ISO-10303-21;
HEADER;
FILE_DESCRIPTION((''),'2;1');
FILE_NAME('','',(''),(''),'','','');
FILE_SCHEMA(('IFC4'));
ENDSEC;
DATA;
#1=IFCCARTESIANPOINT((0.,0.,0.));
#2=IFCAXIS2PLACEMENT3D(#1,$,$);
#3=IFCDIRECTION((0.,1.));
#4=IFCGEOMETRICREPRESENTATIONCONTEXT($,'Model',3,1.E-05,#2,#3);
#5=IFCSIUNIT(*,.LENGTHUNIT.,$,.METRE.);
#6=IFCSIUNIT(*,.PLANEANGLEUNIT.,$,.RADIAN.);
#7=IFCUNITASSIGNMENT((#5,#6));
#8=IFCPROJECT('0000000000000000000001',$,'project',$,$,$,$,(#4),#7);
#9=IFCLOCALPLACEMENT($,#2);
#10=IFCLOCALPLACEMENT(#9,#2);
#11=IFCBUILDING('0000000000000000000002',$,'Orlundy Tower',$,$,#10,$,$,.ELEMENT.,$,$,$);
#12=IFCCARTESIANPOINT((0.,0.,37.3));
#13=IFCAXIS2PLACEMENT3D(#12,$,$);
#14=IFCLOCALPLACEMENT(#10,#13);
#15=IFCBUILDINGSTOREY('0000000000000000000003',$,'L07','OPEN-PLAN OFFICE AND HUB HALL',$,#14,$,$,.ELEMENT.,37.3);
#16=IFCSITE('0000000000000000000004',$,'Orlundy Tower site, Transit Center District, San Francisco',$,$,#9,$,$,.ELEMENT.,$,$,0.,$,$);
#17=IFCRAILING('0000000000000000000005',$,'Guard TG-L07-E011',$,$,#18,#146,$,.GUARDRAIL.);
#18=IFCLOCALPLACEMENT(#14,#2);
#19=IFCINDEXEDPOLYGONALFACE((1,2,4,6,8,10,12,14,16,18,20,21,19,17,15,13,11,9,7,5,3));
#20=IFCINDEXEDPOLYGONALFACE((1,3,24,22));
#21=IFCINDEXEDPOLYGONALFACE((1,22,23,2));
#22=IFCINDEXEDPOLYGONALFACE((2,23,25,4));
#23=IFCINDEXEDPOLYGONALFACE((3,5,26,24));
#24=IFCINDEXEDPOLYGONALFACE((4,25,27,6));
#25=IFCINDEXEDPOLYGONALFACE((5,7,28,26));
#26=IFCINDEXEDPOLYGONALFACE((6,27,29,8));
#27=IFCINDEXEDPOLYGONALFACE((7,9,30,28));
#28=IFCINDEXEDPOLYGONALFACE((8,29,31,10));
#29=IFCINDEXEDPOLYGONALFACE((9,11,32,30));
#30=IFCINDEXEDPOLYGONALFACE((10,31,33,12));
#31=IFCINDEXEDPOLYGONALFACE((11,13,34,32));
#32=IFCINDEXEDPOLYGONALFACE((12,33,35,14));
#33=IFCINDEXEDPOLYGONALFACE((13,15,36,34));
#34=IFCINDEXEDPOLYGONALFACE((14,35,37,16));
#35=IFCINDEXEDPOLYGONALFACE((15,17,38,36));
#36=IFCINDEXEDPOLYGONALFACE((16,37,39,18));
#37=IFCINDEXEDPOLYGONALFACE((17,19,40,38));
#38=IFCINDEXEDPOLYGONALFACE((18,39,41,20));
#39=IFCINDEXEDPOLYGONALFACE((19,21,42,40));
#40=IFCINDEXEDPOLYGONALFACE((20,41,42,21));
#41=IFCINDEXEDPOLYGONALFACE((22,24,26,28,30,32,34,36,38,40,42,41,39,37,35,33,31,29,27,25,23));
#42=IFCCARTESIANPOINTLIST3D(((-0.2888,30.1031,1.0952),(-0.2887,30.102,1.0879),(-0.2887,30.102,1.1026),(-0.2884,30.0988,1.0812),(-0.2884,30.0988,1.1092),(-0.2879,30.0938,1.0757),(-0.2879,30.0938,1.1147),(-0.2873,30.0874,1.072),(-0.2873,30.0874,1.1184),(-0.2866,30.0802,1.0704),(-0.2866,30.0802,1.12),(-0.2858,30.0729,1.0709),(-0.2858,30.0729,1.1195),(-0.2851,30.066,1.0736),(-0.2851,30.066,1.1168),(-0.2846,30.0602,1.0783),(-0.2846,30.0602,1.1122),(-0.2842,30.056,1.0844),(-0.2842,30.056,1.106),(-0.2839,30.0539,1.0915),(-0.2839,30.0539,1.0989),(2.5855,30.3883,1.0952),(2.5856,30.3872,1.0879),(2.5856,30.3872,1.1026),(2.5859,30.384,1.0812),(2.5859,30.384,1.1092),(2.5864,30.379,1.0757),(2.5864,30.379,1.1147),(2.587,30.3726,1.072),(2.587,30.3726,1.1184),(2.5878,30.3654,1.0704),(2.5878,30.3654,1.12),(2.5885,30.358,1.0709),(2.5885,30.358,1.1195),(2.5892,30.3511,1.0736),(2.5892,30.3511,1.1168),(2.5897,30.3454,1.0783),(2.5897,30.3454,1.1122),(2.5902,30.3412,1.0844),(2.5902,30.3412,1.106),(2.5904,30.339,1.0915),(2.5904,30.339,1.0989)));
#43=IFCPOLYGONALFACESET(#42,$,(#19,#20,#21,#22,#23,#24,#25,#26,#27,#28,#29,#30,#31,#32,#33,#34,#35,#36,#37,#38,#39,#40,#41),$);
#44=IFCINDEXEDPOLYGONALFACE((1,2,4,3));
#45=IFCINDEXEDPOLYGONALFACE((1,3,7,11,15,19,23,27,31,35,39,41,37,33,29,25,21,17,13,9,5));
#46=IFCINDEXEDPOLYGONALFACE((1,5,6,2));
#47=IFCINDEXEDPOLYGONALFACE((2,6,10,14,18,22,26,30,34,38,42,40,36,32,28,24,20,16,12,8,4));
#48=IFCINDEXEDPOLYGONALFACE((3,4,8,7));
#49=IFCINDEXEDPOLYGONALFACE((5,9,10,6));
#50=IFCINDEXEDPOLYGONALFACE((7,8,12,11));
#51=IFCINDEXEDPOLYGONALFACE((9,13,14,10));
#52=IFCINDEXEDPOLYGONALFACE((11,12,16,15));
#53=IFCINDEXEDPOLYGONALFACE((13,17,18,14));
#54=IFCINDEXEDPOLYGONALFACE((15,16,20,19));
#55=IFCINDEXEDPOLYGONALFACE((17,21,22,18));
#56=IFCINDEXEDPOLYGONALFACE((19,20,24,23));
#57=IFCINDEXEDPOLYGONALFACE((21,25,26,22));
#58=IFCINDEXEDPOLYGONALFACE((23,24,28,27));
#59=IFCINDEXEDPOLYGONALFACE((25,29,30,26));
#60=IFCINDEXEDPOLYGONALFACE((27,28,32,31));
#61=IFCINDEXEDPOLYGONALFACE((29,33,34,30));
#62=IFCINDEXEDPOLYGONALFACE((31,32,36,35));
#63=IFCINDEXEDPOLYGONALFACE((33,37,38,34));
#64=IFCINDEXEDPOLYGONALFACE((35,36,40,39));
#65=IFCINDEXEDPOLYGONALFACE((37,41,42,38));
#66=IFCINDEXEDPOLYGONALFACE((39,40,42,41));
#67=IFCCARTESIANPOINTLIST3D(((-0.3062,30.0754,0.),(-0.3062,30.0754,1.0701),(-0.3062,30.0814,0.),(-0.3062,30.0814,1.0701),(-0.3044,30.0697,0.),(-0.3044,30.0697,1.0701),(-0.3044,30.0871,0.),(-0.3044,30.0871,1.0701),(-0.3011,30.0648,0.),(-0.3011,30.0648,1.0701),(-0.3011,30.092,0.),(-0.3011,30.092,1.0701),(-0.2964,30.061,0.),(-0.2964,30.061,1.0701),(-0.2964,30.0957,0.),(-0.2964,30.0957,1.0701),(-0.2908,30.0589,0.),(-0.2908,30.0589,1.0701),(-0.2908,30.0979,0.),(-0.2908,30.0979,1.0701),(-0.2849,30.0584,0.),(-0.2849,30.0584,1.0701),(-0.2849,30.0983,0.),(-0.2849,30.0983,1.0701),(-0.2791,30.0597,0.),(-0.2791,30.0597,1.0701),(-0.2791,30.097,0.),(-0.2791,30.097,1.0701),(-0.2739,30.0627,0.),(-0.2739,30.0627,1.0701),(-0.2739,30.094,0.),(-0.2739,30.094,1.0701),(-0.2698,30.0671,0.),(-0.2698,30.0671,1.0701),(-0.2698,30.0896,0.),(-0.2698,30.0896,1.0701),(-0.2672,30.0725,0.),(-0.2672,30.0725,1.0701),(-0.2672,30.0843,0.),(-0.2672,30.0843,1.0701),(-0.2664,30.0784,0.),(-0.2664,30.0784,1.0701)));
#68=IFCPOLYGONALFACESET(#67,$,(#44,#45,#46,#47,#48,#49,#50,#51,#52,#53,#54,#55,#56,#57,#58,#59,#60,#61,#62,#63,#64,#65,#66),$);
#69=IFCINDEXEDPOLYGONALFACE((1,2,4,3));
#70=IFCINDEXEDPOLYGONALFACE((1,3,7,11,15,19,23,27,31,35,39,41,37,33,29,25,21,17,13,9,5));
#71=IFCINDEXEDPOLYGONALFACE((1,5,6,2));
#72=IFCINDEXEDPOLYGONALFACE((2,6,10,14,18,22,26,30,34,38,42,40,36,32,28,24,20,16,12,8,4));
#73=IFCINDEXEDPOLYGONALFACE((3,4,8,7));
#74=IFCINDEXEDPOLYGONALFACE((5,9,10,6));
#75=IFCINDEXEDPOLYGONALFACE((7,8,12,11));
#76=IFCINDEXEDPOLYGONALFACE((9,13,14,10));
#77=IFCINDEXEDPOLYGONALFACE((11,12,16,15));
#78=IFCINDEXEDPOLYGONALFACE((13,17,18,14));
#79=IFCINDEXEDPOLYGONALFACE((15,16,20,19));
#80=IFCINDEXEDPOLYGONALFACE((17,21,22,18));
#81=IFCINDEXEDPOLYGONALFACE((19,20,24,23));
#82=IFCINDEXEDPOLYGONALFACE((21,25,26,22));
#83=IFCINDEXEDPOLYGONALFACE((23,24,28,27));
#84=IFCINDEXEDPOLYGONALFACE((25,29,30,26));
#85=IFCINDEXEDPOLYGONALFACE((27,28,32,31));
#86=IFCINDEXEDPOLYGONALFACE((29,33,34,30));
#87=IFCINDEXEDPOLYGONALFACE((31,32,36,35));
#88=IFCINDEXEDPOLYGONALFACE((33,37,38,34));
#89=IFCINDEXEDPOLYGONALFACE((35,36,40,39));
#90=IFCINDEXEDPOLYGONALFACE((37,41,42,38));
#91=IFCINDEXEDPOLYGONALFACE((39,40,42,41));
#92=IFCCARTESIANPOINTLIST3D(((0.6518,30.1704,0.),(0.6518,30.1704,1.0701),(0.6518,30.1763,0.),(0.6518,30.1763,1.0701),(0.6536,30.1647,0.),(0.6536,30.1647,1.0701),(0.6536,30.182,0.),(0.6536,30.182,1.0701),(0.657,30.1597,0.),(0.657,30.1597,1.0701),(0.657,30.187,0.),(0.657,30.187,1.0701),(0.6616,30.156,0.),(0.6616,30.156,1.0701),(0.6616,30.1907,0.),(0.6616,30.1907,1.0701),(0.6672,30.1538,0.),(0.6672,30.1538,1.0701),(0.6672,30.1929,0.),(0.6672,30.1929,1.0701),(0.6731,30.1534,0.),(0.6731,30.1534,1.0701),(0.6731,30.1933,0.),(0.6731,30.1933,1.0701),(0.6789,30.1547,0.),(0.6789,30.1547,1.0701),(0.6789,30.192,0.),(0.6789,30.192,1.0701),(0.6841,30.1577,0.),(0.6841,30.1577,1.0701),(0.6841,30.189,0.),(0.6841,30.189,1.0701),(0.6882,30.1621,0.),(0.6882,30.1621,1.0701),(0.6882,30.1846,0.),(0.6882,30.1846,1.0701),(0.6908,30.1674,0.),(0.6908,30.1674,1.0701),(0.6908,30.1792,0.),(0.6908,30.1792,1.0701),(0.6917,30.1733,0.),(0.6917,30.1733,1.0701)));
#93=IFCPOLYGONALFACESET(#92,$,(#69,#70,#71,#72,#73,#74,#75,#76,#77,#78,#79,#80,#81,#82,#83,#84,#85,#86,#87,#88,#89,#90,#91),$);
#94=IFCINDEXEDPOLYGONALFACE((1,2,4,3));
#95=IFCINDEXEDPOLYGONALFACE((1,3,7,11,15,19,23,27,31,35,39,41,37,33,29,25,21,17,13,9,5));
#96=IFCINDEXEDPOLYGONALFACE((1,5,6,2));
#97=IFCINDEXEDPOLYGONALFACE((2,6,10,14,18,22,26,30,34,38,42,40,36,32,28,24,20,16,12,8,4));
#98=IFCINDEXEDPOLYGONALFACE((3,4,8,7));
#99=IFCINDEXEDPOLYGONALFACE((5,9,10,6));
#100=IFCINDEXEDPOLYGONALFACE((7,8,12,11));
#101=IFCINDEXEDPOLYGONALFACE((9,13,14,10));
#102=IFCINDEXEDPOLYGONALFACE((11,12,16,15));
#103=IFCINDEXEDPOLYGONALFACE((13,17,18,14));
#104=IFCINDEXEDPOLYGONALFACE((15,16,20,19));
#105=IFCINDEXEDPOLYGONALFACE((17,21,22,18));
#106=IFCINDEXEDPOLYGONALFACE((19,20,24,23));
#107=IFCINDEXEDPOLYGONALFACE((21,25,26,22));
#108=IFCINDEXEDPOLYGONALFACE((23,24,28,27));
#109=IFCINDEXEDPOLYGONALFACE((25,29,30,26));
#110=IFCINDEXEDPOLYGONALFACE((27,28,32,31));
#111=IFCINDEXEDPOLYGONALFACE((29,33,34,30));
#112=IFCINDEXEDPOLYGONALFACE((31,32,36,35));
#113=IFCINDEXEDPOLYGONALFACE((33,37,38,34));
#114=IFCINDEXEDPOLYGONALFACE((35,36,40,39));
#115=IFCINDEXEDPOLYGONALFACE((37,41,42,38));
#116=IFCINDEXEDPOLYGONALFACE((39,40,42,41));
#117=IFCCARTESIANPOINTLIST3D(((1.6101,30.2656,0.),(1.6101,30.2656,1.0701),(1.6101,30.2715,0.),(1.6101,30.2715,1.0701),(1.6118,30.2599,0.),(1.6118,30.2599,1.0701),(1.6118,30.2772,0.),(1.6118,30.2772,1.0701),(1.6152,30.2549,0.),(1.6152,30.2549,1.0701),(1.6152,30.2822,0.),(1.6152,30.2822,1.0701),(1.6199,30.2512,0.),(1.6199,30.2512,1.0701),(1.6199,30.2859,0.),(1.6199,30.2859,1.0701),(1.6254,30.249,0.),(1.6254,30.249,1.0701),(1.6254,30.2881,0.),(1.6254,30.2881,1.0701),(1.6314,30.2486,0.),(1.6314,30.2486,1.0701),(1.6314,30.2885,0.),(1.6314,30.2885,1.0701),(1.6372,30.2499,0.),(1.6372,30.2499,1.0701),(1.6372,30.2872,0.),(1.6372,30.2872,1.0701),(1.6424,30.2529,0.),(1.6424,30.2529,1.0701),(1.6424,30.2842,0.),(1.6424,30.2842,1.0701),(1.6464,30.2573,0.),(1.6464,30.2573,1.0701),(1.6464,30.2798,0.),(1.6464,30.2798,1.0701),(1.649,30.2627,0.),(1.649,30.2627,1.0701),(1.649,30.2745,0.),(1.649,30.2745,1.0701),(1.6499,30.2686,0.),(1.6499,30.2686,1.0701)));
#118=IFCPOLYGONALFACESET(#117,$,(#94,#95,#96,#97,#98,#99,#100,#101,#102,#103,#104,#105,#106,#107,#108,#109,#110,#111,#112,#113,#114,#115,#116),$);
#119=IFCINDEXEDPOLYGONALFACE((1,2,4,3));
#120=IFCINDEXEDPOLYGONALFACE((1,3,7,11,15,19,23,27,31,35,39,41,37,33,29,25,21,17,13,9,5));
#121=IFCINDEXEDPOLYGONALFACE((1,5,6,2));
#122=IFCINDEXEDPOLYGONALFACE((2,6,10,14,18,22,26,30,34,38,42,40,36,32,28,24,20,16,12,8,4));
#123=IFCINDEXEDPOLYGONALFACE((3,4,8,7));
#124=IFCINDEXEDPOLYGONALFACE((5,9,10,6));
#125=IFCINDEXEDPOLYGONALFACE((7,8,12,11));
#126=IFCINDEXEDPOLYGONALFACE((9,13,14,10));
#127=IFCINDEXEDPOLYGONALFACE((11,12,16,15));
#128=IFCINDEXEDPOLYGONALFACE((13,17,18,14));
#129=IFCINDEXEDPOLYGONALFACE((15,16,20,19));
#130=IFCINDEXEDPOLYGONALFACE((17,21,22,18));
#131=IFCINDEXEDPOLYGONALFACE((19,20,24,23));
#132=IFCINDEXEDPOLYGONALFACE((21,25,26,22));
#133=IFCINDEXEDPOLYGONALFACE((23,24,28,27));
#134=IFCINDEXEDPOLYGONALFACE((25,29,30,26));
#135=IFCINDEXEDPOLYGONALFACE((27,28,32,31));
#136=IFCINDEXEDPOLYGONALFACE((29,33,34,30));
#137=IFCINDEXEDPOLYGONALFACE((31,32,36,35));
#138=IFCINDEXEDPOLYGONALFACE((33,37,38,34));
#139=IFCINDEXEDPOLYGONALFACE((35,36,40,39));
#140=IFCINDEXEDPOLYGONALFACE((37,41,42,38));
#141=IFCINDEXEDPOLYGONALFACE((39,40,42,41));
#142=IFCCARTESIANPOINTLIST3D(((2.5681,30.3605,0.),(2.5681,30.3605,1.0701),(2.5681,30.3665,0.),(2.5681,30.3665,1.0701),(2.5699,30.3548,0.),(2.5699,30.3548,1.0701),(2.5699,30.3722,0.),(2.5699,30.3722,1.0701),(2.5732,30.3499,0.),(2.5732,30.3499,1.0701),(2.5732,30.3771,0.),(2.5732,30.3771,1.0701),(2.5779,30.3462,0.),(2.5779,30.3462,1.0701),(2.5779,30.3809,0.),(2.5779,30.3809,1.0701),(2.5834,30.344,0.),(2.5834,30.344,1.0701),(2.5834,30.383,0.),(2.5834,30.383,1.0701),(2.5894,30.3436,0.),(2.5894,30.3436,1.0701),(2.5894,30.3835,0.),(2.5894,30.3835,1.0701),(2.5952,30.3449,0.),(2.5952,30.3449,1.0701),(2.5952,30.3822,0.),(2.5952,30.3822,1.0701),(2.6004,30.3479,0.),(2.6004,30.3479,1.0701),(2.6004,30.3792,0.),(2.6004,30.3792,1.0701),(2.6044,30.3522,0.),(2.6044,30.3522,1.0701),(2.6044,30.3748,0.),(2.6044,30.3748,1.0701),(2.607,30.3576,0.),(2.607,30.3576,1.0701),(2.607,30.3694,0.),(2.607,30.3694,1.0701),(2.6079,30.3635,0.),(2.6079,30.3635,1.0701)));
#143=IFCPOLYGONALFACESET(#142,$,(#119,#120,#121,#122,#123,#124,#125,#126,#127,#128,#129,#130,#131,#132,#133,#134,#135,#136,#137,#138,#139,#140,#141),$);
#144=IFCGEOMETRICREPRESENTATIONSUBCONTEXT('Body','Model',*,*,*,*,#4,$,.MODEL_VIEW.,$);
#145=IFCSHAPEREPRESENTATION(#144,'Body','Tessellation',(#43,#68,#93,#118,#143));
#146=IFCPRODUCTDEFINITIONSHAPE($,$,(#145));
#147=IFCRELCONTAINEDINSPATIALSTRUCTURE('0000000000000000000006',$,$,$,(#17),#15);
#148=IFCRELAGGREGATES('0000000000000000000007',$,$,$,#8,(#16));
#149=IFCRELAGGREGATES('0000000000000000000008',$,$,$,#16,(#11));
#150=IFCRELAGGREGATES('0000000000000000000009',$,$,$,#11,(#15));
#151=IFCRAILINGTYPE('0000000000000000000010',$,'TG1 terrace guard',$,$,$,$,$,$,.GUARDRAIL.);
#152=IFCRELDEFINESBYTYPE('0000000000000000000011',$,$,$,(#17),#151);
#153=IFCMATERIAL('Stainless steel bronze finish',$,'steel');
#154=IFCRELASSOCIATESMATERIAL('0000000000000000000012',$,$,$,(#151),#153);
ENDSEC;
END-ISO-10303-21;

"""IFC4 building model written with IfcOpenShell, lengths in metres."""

from ifc_helpers import new_model, si_unit, direction, frame, origin, origin_2d, place, context, subcontext, project, spatial, circle, extrude, material, type_object, element, save


model = new_model("IFC4")

# Units and contexts
model_context = context("Model", 3, precision=1e-05, world=origin(), true_north=direction((0.0, 1.0)))
body_context = subcontext(model_context, "Body", "Model", "MODEL_VIEW")
ifc_project = project(units=[si_unit("LENGTHUNIT", "METRE"), si_unit("PLANEANGLEUNIT", "RADIAN")], contexts=[model_context])

# Site, building, storey
site_placement = place(None, origin())
site = spatial("IfcSite", under=ifc_project, at=site_placement, Name="Orlundy Tower site, Transit Center District, San Francisco", CompositionType="ELEMENT", RefElevation=0.0)
building_placement = place(site_placement, origin())
building = spatial("IfcBuilding", under=site, at=building_placement, Name="Orlundy Tower", CompositionType="ELEMENT")
storey_placement = place(building_placement, frame((0.0, 0.0, 37.3)))
storey = spatial("IfcBuildingStorey", under=building, at=storey_placement, Name="L07", Description="OPEN-PLAN OFFICE AND HUB HALL", CompositionType="ELEMENT", Elevation=37.3)

# Railing
ifc_material_1 = material(Name="Stainless steel bronze finish", Category="steel")
railing_type_1 = type_object("IfcRailingType", Name="TG1 terrace guard", PredefinedType="GUARDRAIL", material=ifc_material_1)
railing_1_placement = place(storey_placement, frame((-0.2864, 30.0784, 0.0)))
element("IfcRailing", 1, at=railing_1_placement, inside=storey, type_object=railing_type_1, Name="Guard TG-L07-E011", PredefinedType="GUARDRAIL", context=body_context, shape_type="SweptSolid", body=[
    extrude(circle(Radius=0.0249, at=origin_2d()), frame((0.0, 0.0, 1.0952), z_axis=(0.995115, 0.098725, 0.0), x_axis=(-0.098725, 0.995115, 0.0)), (0.0, 0.0, 1.0), 2.8884),
    extrude(circle(Radius=0.02, at=origin_2d()), origin(), (0.0, 0.0, 1.0), 1.0701),
    extrude(circle(Radius=0.02, at=origin_2d()), frame((0.958, 0.095, 0.0)), (0.0, 0.0, 1.0), 1.0701),
    extrude(circle(Radius=0.02, at=origin_2d()), frame((1.9163, 0.1902, 0.0)), (0.0, 0.0, 1.0), 1.0701),
    extrude(circle(Radius=0.02, at=origin_2d()), frame((2.8743, 0.2852, 0.0)), (0.0, 0.0, 1.0), 1.0701),
])

save(model, "model.ifc")
